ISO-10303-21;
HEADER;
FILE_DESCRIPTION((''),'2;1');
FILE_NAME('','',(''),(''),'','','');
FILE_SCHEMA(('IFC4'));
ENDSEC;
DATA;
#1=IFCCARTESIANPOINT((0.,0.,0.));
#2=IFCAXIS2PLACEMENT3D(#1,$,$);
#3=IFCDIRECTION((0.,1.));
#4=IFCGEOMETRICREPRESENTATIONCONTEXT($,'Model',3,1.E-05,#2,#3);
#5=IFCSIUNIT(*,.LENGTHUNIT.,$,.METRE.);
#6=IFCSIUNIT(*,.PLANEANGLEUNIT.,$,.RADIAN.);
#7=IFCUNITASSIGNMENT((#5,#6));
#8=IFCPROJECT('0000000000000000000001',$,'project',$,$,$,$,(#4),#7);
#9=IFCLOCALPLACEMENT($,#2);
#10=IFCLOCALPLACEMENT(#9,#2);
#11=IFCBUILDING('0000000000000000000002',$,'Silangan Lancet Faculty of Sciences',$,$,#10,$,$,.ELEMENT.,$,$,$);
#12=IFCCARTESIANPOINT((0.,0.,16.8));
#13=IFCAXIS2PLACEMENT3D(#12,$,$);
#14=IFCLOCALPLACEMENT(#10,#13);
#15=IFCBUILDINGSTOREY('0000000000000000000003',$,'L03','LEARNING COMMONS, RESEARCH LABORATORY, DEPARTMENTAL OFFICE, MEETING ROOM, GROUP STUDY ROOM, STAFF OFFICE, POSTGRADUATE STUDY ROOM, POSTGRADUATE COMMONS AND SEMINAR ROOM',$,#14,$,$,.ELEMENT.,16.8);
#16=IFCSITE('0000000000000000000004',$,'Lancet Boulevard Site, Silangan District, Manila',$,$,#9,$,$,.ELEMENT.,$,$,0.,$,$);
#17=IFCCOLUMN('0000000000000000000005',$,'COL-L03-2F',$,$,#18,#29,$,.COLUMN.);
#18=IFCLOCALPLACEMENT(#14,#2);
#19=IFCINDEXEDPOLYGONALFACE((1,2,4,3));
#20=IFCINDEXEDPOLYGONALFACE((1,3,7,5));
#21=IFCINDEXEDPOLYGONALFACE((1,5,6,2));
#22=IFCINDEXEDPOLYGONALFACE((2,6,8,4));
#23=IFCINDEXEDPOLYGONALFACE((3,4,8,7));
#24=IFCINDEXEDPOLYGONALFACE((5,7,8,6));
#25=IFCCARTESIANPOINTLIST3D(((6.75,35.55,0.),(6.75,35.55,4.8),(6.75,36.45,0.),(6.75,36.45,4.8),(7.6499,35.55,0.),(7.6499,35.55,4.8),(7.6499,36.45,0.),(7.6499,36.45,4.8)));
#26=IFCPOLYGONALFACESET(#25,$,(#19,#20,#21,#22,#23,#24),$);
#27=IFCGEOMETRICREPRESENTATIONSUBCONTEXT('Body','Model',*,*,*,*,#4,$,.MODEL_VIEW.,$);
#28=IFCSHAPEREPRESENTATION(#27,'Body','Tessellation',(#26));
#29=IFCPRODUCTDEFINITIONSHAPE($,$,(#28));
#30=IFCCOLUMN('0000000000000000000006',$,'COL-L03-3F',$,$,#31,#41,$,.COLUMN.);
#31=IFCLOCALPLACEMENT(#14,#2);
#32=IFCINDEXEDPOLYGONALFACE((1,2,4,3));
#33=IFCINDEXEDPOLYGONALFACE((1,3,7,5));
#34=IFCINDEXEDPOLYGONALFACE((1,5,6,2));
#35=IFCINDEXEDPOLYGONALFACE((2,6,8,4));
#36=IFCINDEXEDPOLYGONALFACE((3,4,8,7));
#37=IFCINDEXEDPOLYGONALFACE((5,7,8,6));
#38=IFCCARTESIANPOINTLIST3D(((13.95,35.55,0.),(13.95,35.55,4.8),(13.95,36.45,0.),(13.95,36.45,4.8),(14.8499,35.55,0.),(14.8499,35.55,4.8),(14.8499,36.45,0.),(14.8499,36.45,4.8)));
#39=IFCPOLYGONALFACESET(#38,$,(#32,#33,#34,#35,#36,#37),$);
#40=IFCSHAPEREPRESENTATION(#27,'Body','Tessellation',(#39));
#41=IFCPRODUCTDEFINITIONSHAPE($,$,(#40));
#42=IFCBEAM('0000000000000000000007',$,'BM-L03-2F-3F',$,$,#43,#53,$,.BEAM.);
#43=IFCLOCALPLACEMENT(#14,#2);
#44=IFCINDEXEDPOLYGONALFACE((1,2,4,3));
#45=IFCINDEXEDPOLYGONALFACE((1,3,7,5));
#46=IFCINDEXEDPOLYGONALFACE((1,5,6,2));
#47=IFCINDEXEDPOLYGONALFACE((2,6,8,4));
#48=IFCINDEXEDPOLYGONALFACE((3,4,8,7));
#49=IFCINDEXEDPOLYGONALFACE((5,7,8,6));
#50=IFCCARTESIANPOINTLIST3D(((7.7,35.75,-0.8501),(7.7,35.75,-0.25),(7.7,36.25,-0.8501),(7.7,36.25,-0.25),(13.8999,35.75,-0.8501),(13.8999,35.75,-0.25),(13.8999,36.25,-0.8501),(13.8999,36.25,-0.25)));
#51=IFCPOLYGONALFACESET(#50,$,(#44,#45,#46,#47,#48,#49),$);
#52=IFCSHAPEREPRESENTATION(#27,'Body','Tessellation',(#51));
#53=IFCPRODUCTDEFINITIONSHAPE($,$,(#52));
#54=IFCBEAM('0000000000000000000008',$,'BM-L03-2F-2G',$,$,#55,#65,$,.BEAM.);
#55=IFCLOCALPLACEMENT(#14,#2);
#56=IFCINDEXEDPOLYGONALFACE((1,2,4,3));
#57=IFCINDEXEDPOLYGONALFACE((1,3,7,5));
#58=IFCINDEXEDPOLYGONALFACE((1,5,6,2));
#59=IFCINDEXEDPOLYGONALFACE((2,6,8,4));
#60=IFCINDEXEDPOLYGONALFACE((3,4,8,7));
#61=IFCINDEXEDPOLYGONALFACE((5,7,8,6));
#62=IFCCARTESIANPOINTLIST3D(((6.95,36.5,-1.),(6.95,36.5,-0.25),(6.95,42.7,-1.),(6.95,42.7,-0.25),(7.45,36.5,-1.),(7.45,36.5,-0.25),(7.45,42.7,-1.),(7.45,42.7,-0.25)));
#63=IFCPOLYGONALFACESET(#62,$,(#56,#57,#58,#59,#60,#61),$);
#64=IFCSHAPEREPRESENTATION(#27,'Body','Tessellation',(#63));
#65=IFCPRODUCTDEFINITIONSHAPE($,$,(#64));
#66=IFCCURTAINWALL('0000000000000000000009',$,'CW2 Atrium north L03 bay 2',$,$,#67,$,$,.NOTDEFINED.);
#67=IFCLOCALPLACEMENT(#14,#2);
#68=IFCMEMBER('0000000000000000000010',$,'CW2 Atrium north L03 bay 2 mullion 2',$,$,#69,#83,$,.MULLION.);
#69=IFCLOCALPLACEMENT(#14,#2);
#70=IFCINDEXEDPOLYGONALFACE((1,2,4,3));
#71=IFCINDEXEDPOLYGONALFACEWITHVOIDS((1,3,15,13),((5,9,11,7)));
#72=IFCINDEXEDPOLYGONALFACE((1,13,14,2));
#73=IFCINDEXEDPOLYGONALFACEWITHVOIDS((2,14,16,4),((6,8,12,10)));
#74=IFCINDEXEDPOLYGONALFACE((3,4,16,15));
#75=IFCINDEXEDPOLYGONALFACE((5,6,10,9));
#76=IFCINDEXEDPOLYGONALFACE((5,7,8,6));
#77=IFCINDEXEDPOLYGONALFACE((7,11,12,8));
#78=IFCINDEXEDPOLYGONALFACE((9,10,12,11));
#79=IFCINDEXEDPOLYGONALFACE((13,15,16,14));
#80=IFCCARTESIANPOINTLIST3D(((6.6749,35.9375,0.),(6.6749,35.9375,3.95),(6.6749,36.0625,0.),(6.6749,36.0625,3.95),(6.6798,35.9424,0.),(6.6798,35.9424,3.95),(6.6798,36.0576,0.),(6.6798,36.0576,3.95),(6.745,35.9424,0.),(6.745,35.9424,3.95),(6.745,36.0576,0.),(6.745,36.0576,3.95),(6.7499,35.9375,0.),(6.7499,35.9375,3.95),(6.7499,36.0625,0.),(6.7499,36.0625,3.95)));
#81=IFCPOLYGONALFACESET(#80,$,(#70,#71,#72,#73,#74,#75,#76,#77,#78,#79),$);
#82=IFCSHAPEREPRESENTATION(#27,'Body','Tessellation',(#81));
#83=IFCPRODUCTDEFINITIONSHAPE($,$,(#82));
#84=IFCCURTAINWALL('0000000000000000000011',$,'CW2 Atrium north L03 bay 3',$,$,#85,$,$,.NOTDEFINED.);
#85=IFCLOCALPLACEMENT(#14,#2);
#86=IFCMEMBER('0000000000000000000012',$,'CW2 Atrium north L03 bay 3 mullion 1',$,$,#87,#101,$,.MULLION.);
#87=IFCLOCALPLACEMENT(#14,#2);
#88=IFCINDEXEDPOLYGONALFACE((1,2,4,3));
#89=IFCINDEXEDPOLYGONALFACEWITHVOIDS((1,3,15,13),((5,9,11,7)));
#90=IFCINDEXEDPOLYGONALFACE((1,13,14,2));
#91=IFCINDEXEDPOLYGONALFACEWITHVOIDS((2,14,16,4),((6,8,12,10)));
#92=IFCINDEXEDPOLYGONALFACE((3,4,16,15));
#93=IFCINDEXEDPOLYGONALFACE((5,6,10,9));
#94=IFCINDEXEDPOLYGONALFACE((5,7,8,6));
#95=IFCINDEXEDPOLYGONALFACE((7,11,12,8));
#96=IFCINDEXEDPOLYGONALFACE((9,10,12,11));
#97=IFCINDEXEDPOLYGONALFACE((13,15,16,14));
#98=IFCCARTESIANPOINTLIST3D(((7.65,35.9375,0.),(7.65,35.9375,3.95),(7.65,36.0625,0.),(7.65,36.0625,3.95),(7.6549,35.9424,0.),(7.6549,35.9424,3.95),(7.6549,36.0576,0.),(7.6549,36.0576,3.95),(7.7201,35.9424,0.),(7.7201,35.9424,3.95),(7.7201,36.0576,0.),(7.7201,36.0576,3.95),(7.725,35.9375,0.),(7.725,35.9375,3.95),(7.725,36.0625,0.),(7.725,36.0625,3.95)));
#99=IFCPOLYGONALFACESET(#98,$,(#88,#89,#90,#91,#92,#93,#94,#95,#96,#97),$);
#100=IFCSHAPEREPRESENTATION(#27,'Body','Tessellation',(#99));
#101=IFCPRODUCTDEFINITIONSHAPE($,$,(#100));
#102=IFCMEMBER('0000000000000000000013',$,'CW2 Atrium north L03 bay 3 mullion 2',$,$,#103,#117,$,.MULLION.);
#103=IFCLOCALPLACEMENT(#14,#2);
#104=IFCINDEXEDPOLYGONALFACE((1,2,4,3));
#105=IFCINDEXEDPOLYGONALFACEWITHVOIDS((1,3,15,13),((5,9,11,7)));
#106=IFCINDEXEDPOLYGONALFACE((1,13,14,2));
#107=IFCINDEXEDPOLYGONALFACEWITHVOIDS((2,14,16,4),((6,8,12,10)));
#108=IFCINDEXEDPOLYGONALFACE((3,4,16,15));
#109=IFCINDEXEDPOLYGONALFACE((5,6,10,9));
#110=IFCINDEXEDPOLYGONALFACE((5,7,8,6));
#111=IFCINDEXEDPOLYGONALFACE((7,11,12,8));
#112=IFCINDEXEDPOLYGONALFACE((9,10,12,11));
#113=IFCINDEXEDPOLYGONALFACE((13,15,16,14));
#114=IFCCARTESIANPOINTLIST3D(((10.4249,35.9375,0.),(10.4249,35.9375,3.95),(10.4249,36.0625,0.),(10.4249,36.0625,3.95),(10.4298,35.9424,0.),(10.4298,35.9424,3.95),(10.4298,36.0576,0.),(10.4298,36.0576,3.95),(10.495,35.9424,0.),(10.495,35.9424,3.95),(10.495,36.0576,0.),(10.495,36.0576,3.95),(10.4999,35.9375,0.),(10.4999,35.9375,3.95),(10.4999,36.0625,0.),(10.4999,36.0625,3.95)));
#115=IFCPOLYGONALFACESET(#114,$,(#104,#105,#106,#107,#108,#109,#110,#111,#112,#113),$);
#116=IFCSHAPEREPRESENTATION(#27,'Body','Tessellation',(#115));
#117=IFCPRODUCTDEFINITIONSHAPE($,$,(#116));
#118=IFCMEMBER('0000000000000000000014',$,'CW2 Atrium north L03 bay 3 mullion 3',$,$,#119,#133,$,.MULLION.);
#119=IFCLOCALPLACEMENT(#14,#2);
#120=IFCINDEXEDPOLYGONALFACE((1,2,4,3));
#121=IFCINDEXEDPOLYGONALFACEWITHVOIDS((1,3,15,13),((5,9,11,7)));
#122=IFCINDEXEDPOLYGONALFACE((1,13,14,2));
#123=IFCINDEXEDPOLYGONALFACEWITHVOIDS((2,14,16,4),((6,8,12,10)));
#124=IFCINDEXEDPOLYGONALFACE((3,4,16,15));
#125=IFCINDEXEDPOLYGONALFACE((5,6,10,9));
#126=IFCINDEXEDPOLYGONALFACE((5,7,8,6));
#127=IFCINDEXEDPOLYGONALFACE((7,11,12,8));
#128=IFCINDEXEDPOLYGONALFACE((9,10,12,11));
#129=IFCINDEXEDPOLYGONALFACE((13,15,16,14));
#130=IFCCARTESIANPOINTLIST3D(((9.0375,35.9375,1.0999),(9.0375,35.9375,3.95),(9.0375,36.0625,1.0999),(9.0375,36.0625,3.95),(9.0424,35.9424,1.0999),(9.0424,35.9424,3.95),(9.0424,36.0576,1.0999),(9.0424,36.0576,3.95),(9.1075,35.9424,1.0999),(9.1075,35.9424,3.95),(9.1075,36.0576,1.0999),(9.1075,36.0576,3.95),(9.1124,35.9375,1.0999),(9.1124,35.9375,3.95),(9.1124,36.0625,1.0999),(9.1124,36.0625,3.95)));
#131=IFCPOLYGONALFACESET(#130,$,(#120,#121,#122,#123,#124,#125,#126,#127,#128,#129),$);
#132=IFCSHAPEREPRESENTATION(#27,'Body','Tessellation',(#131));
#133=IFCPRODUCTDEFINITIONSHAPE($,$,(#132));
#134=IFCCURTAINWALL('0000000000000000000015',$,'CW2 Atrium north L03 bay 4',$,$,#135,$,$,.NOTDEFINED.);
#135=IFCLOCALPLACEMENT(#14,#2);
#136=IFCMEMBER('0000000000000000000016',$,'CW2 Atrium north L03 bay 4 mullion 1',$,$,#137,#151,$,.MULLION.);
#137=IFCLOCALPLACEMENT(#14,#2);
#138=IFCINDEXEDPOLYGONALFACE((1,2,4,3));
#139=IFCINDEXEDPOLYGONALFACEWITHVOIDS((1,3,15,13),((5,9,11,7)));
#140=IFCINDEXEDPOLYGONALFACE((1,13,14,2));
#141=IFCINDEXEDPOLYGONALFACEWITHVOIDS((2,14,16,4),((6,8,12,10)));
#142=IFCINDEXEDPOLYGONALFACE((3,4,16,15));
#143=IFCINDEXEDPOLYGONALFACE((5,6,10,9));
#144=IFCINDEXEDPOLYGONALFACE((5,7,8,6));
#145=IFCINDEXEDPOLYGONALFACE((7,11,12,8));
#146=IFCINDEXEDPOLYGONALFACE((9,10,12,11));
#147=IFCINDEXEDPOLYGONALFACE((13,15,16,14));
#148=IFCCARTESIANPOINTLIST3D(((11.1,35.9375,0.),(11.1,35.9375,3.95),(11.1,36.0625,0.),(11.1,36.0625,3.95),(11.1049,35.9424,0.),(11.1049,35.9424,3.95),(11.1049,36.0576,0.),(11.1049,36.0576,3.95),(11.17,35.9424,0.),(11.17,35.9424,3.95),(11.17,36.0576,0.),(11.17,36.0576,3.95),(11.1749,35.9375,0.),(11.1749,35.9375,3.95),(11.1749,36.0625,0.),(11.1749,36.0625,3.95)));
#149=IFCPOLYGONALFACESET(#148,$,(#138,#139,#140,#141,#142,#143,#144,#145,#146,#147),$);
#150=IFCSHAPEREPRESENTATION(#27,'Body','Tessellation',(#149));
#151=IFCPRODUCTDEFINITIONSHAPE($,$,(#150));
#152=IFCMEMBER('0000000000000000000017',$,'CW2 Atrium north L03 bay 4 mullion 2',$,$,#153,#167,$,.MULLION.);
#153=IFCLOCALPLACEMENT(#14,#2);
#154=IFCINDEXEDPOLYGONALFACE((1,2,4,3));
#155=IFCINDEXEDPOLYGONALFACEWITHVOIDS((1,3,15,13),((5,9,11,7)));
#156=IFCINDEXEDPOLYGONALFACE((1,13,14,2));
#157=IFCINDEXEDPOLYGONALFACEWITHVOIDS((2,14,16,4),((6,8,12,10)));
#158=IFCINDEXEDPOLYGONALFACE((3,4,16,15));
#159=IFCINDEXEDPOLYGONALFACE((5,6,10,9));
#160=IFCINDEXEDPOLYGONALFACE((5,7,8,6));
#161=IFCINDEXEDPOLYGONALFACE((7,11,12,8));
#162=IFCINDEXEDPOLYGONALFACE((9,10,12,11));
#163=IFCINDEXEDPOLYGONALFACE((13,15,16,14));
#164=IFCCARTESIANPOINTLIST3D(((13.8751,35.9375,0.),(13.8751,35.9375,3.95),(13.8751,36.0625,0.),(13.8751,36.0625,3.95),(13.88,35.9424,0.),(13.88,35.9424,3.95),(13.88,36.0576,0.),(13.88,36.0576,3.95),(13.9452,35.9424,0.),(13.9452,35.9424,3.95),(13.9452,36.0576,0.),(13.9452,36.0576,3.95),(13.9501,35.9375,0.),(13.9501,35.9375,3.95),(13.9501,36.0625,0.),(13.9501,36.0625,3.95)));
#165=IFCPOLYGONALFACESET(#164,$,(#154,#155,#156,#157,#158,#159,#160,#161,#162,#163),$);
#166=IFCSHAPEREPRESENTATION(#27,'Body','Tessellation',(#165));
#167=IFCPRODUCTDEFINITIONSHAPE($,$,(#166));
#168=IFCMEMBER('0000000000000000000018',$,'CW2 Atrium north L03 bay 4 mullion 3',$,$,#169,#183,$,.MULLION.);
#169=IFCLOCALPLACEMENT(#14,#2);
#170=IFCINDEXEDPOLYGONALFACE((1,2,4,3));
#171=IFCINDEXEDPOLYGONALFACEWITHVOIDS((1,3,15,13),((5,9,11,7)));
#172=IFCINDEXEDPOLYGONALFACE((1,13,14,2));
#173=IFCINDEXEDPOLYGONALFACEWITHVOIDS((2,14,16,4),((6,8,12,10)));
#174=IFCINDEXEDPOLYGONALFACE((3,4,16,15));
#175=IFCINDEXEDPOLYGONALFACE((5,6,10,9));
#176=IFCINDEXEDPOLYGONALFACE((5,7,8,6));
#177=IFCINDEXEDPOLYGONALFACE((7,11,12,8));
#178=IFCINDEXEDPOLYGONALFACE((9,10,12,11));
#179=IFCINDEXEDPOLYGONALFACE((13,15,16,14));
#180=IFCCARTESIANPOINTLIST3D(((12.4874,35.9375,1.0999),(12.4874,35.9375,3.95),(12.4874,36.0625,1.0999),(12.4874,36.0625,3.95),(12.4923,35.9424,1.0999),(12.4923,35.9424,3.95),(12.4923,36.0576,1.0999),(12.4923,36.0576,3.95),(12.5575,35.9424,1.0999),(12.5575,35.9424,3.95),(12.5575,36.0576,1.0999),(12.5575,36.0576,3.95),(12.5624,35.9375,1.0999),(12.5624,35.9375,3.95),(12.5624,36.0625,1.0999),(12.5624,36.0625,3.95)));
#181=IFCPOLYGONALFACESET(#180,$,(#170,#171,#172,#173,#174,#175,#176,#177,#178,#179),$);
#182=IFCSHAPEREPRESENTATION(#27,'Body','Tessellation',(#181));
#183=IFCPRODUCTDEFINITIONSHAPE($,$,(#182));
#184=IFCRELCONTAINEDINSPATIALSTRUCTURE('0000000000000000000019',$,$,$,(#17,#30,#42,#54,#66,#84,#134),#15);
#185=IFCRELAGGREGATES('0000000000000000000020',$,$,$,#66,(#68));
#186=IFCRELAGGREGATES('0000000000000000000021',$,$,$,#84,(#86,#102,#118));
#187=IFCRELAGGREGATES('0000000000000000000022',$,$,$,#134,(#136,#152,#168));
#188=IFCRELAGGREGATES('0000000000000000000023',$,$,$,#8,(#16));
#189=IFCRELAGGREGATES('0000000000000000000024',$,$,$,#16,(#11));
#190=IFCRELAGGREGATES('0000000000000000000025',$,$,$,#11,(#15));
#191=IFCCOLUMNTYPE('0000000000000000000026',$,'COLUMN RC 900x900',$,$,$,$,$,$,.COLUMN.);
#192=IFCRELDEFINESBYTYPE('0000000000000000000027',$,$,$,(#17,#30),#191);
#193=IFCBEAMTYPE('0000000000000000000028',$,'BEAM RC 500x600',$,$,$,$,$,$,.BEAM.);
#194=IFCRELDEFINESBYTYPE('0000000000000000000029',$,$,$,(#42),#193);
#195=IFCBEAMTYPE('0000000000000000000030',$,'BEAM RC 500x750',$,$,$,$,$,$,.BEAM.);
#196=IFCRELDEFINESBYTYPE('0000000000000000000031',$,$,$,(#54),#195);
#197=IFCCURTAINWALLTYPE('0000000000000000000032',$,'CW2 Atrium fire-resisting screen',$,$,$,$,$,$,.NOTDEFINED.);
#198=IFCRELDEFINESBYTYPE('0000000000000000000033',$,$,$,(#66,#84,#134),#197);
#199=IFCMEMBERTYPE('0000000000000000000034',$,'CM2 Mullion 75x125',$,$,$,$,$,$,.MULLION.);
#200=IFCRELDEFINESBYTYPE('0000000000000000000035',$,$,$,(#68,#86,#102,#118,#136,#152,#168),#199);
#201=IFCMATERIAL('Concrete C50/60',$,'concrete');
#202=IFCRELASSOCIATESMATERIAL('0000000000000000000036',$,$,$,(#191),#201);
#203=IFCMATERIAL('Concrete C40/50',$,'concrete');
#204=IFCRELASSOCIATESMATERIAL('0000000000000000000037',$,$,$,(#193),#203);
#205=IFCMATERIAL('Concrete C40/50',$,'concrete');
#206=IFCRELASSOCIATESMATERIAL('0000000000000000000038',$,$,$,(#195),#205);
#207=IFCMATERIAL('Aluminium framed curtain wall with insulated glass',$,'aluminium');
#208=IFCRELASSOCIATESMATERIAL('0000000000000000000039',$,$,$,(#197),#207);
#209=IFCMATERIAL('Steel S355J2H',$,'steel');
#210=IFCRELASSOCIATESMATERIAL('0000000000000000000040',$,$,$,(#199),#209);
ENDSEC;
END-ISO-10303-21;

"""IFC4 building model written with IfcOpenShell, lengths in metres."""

from ifc_helpers import new_model, si_unit, direction, frame, origin, origin_2d, place, context, subcontext, project, spatial, rectangle, hollow_rectangle, extrude, material, material_profile, profile_set, type_object, element, aggregate, save


model = new_model("IFC4")

# Units and contexts
model_context = context("Model", 3, precision=1e-05, world=origin(), true_north=direction((0.0, 1.0)))
body_context = subcontext(model_context, "Body", "Model", "MODEL_VIEW")
ifc_project = project(units=[si_unit("LENGTHUNIT", "METRE"), si_unit("PLANEANGLEUNIT", "RADIAN")], contexts=[model_context])

# Site, building, storey
site_placement = place(None, origin())
site = spatial("IfcSite", under=ifc_project, at=site_placement, Name="Lancet Boulevard Site, Silangan District, Manila", CompositionType="ELEMENT", RefElevation=0.0)
building_placement = place(site_placement, origin())
building = spatial("IfcBuilding", under=site, at=building_placement, Name="Silangan Lancet Faculty of Sciences", CompositionType="ELEMENT")
storey_placement = place(building_placement, frame((0.0, 0.0, 16.8)))
storey = spatial("IfcBuildingStorey", under=building, at=storey_placement, Name="L03", Description="LEARNING COMMONS, RESEARCH LABORATORY, DEPARTMENTAL OFFICE, MEETING ROOM, GROUP STUDY ROOM, STAFF OFFICE, POSTGRADUATE STUDY ROOM, POSTGRADUATE COMMONS AND SEMINAR ROOM", CompositionType="ELEMENT", Elevation=16.8)

# Columns
ifc_material_1 = material(Name="Concrete C50/60", Category="concrete")
ifc_material_profile_1 = material_profile(ifc_material_1, rectangle(XDim=0.8999, YDim=0.8999, at=origin_2d()), Name="RC 900x900")
ifc_profile_set_1 = profile_set([ifc_material_profile_1], Name="Concrete C50/60")
column_type = type_object("IfcColumnType", Name="COLUMN RC 900x900", PredefinedType="COLUMN", material=ifc_profile_set_1)
for number, where, z_axis, x_axis, name in (
    (1, (7.2, 36.0, 0.0), (0.0, 0.0, 1.0), (1.0, 0.0, 0.0), "COL-L03-2F"),
    (2, (14.3999, 36.0, 0.0), (0.0, 0.0, 1.0), (1.0, 0.0, 0.0), "COL-L03-3F"),
):
    element("IfcColumn", number, at=place(storey_placement, frame(where, z_axis=z_axis, x_axis=x_axis)), inside=storey, type_object=column_type, Name=name, PredefinedType="COLUMN", context=body_context, shape_type="SweptSolid", body=[
        extrude(rectangle(XDim=0.8999, YDim=0.8999, at=origin_2d()), origin(), (0.0, 0.0, 1.0), 4.8),
    ])

# Beams
ifc_material_2 = material(Name="Concrete C40/50", Category="concrete")
ifc_material_profile_2 = material_profile(ifc_material_2, rectangle(XDim=0.5, YDim=0.6001, at=origin_2d()), Name="RC 500x600")
ifc_profile_set_2 = profile_set([ifc_material_profile_2], Name="Concrete C40/50")
beam_type_1 = type_object("IfcBeamType", Name="BEAM RC 500x600", PredefinedType="BEAM", material=ifc_profile_set_2)
beam_1_placement = place(storey_placement, frame((7.7, 36.0, -0.55), z_axis=(1.0, 0.0, 0.0), x_axis=(0.0, 1.0, 0.0)))
element("IfcBeam", 3, at=beam_1_placement, inside=storey, type_object=beam_type_1, Name="BM-L03-2F-3F", PredefinedType="BEAM", context=body_context, shape_type="SweptSolid", body=[
    extrude(rectangle(XDim=0.5, YDim=0.6001, at=origin_2d()), origin(), (0.0, 0.0, 1.0), 6.2),
])
ifc_material_3 = material(Name="Concrete C40/50", Category="concrete")
ifc_material_profile_3 = material_profile(ifc_material_3, rectangle(XDim=0.5, YDim=0.75, at=origin_2d()), Name="RC 500x750")
ifc_profile_set_3 = profile_set([ifc_material_profile_3], Name="Concrete C40/50")
beam_type_2 = type_object("IfcBeamType", Name="BEAM RC 500x750", PredefinedType="BEAM", material=ifc_profile_set_3)
beam_2_placement = place(storey_placement, frame((7.2, 36.5, -0.625), z_axis=(0.0, 1.0, 0.0), x_axis=(-1.0, 0.0, 0.0)))
element("IfcBeam", 4, at=beam_2_placement, inside=storey, type_object=beam_type_2, Name="BM-L03-2F-2G", PredefinedType="BEAM", context=body_context, shape_type="SweptSolid", body=[
    extrude(rectangle(XDim=0.5, YDim=0.75, at=origin_2d()), origin(), (0.0, 0.0, 1.0), 6.2),
])

# Curtain wall, member
ifc_material_4 = material(Name="Aluminium framed curtain wall with insulated glass", Category="aluminium")
curtain_wall_type = type_object("IfcCurtainWallType", Name="CW2 Atrium fire-resisting screen", PredefinedType="NOTDEFINED", material=ifc_material_4)
curtain_wall_1_placement = place(storey_placement, origin())
curtain_wall_1 = element("IfcCurtainWall", 5, at=curtain_wall_1_placement, inside=storey, type_object=curtain_wall_type, Name="CW2 Atrium north L03 bay 2", PredefinedType="NOTDEFINED")
ifc_material_5 = material(Name="Steel S355J2H", Category="steel")
ifc_material_profile_4 = material_profile(ifc_material_5, hollow_rectangle(XDim=0.075, YDim=0.125, WallThickness=0.0049, at=origin_2d()), Name="ST BOX 75x125x5")
ifc_profile_set_4 = profile_set([ifc_material_profile_4], Name="Steel S355J2H")
member_type_1 = type_object("IfcMemberType", Name="CM2 Mullion 75x125", PredefinedType="MULLION", material=ifc_profile_set_4)
member_1_placement = place(storey_placement, frame((6.7124, 36.0, 0.0), z_axis=(0.0, 0.0, 1.0), x_axis=(1.0, 0.0, 0.0)))
member_1 = element("IfcMember", 6, at=member_1_placement, type_object=member_type_1, Name="CW2 Atrium north L03 bay 2 mullion 2", PredefinedType="MULLION", context=body_context, shape_type="SweptSolid", body=[
    extrude(hollow_rectangle(XDim=0.075, YDim=0.125, WallThickness=0.0049, at=origin_2d()), origin(), (0.0, 0.0, 1.0), 3.95),
])

# Curtain walls, members
curtain_wall_2_placement = place(storey_placement, origin())
curtain_wall_2 = element("IfcCurtainWall", 7, at=curtain_wall_2_placement, inside=storey, type_object=curtain_wall_type, Name="CW2 Atrium north L03 bay 3", PredefinedType="NOTDEFINED")
member_2_placement = place(storey_placement, frame((7.6875, 36.0, 0.0), z_axis=(0.0, 0.0, 1.0), x_axis=(1.0, 0.0, 0.0)))
member_2 = element("IfcMember", 8, at=member_2_placement, type_object=member_type_1, Name="CW2 Atrium north L03 bay 3 mullion 1", PredefinedType="MULLION", context=body_context, shape_type="SweptSolid", body=[
    extrude(hollow_rectangle(XDim=0.075, YDim=0.125, WallThickness=0.0049, at=origin_2d()), origin(), (0.0, 0.0, 1.0), 3.95),
])
member_3_placement = place(storey_placement, frame((10.4624, 36.0, 0.0), z_axis=(0.0, 0.0, 1.0), x_axis=(1.0, 0.0, 0.0)))
member_3 = element("IfcMember", 9, at=member_3_placement, type_object=member_type_1, Name="CW2 Atrium north L03 bay 3 mullion 2", PredefinedType="MULLION", context=body_context, shape_type="SweptSolid", body=[
    extrude(hollow_rectangle(XDim=0.075, YDim=0.125, WallThickness=0.0049, at=origin_2d()), origin(), (0.0, 0.0, 1.0), 3.95),
])
member_4_placement = place(storey_placement, frame((9.075, 36.0, 1.0999), z_axis=(0.0, 0.0, 1.0), x_axis=(1.0, 0.0, 0.0)))
member_4 = element("IfcMember", 10, at=member_4_placement, type_object=member_type_1, Name="CW2 Atrium north L03 bay 3 mullion 3", PredefinedType="MULLION", context=body_context, shape_type="SweptSolid", body=[
    extrude(hollow_rectangle(XDim=0.075, YDim=0.125, WallThickness=0.0049, at=origin_2d()), origin(), (0.0, 0.0, 1.0), 2.8501),
])
curtain_wall_3_placement = place(storey_placement, origin())
curtain_wall_3 = element("IfcCurtainWall", 11, at=curtain_wall_3_placement, inside=storey, type_object=curtain_wall_type, Name="CW2 Atrium north L03 bay 4", PredefinedType="NOTDEFINED")
member_5_placement = place(storey_placement, frame((11.1375, 36.0, 0.0), z_axis=(0.0, 0.0, 1.0), x_axis=(1.0, 0.0, 0.0)))
member_5 = element("IfcMember", 12, at=member_5_placement, type_object=member_type_1, Name="CW2 Atrium north L03 bay 4 mullion 1", PredefinedType="MULLION", context=body_context, shape_type="SweptSolid", body=[
    extrude(hollow_rectangle(XDim=0.075, YDim=0.125, WallThickness=0.0049, at=origin_2d()), origin(), (0.0, 0.0, 1.0), 3.95),
])
member_6_placement = place(storey_placement, frame((13.9126, 36.0, 0.0), z_axis=(0.0, 0.0, 1.0), x_axis=(1.0, 0.0, 0.0)))
member_6 = element("IfcMember", 13, at=member_6_placement, type_object=member_type_1, Name="CW2 Atrium north L03 bay 4 mullion 2", PredefinedType="MULLION", context=body_context, shape_type="SweptSolid", body=[
    extrude(hollow_rectangle(XDim=0.075, YDim=0.125, WallThickness=0.0049, at=origin_2d()), origin(), (0.0, 0.0, 1.0), 3.95),
])
member_7_placement = place(storey_placement, frame((12.5249, 36.0, 1.0999), z_axis=(0.0, 0.0, 1.0), x_axis=(1.0, 0.0, 0.0)))
member_7 = element("IfcMember", 14, at=member_7_placement, type_object=member_type_1, Name="CW2 Atrium north L03 bay 4 mullion 3", PredefinedType="MULLION", context=body_context, shape_type="SweptSolid", body=[
    extrude(hollow_rectangle(XDim=0.075, YDim=0.125, WallThickness=0.0049, at=origin_2d()), origin(), (0.0, 0.0, 1.0), 2.8501),
])

aggregate(curtain_wall_1, [member_1])
aggregate(curtain_wall_2, [member_2, member_3, member_4])
aggregate(curtain_wall_3, [member_5, member_6, member_7])

save(model, "model.ifc")
